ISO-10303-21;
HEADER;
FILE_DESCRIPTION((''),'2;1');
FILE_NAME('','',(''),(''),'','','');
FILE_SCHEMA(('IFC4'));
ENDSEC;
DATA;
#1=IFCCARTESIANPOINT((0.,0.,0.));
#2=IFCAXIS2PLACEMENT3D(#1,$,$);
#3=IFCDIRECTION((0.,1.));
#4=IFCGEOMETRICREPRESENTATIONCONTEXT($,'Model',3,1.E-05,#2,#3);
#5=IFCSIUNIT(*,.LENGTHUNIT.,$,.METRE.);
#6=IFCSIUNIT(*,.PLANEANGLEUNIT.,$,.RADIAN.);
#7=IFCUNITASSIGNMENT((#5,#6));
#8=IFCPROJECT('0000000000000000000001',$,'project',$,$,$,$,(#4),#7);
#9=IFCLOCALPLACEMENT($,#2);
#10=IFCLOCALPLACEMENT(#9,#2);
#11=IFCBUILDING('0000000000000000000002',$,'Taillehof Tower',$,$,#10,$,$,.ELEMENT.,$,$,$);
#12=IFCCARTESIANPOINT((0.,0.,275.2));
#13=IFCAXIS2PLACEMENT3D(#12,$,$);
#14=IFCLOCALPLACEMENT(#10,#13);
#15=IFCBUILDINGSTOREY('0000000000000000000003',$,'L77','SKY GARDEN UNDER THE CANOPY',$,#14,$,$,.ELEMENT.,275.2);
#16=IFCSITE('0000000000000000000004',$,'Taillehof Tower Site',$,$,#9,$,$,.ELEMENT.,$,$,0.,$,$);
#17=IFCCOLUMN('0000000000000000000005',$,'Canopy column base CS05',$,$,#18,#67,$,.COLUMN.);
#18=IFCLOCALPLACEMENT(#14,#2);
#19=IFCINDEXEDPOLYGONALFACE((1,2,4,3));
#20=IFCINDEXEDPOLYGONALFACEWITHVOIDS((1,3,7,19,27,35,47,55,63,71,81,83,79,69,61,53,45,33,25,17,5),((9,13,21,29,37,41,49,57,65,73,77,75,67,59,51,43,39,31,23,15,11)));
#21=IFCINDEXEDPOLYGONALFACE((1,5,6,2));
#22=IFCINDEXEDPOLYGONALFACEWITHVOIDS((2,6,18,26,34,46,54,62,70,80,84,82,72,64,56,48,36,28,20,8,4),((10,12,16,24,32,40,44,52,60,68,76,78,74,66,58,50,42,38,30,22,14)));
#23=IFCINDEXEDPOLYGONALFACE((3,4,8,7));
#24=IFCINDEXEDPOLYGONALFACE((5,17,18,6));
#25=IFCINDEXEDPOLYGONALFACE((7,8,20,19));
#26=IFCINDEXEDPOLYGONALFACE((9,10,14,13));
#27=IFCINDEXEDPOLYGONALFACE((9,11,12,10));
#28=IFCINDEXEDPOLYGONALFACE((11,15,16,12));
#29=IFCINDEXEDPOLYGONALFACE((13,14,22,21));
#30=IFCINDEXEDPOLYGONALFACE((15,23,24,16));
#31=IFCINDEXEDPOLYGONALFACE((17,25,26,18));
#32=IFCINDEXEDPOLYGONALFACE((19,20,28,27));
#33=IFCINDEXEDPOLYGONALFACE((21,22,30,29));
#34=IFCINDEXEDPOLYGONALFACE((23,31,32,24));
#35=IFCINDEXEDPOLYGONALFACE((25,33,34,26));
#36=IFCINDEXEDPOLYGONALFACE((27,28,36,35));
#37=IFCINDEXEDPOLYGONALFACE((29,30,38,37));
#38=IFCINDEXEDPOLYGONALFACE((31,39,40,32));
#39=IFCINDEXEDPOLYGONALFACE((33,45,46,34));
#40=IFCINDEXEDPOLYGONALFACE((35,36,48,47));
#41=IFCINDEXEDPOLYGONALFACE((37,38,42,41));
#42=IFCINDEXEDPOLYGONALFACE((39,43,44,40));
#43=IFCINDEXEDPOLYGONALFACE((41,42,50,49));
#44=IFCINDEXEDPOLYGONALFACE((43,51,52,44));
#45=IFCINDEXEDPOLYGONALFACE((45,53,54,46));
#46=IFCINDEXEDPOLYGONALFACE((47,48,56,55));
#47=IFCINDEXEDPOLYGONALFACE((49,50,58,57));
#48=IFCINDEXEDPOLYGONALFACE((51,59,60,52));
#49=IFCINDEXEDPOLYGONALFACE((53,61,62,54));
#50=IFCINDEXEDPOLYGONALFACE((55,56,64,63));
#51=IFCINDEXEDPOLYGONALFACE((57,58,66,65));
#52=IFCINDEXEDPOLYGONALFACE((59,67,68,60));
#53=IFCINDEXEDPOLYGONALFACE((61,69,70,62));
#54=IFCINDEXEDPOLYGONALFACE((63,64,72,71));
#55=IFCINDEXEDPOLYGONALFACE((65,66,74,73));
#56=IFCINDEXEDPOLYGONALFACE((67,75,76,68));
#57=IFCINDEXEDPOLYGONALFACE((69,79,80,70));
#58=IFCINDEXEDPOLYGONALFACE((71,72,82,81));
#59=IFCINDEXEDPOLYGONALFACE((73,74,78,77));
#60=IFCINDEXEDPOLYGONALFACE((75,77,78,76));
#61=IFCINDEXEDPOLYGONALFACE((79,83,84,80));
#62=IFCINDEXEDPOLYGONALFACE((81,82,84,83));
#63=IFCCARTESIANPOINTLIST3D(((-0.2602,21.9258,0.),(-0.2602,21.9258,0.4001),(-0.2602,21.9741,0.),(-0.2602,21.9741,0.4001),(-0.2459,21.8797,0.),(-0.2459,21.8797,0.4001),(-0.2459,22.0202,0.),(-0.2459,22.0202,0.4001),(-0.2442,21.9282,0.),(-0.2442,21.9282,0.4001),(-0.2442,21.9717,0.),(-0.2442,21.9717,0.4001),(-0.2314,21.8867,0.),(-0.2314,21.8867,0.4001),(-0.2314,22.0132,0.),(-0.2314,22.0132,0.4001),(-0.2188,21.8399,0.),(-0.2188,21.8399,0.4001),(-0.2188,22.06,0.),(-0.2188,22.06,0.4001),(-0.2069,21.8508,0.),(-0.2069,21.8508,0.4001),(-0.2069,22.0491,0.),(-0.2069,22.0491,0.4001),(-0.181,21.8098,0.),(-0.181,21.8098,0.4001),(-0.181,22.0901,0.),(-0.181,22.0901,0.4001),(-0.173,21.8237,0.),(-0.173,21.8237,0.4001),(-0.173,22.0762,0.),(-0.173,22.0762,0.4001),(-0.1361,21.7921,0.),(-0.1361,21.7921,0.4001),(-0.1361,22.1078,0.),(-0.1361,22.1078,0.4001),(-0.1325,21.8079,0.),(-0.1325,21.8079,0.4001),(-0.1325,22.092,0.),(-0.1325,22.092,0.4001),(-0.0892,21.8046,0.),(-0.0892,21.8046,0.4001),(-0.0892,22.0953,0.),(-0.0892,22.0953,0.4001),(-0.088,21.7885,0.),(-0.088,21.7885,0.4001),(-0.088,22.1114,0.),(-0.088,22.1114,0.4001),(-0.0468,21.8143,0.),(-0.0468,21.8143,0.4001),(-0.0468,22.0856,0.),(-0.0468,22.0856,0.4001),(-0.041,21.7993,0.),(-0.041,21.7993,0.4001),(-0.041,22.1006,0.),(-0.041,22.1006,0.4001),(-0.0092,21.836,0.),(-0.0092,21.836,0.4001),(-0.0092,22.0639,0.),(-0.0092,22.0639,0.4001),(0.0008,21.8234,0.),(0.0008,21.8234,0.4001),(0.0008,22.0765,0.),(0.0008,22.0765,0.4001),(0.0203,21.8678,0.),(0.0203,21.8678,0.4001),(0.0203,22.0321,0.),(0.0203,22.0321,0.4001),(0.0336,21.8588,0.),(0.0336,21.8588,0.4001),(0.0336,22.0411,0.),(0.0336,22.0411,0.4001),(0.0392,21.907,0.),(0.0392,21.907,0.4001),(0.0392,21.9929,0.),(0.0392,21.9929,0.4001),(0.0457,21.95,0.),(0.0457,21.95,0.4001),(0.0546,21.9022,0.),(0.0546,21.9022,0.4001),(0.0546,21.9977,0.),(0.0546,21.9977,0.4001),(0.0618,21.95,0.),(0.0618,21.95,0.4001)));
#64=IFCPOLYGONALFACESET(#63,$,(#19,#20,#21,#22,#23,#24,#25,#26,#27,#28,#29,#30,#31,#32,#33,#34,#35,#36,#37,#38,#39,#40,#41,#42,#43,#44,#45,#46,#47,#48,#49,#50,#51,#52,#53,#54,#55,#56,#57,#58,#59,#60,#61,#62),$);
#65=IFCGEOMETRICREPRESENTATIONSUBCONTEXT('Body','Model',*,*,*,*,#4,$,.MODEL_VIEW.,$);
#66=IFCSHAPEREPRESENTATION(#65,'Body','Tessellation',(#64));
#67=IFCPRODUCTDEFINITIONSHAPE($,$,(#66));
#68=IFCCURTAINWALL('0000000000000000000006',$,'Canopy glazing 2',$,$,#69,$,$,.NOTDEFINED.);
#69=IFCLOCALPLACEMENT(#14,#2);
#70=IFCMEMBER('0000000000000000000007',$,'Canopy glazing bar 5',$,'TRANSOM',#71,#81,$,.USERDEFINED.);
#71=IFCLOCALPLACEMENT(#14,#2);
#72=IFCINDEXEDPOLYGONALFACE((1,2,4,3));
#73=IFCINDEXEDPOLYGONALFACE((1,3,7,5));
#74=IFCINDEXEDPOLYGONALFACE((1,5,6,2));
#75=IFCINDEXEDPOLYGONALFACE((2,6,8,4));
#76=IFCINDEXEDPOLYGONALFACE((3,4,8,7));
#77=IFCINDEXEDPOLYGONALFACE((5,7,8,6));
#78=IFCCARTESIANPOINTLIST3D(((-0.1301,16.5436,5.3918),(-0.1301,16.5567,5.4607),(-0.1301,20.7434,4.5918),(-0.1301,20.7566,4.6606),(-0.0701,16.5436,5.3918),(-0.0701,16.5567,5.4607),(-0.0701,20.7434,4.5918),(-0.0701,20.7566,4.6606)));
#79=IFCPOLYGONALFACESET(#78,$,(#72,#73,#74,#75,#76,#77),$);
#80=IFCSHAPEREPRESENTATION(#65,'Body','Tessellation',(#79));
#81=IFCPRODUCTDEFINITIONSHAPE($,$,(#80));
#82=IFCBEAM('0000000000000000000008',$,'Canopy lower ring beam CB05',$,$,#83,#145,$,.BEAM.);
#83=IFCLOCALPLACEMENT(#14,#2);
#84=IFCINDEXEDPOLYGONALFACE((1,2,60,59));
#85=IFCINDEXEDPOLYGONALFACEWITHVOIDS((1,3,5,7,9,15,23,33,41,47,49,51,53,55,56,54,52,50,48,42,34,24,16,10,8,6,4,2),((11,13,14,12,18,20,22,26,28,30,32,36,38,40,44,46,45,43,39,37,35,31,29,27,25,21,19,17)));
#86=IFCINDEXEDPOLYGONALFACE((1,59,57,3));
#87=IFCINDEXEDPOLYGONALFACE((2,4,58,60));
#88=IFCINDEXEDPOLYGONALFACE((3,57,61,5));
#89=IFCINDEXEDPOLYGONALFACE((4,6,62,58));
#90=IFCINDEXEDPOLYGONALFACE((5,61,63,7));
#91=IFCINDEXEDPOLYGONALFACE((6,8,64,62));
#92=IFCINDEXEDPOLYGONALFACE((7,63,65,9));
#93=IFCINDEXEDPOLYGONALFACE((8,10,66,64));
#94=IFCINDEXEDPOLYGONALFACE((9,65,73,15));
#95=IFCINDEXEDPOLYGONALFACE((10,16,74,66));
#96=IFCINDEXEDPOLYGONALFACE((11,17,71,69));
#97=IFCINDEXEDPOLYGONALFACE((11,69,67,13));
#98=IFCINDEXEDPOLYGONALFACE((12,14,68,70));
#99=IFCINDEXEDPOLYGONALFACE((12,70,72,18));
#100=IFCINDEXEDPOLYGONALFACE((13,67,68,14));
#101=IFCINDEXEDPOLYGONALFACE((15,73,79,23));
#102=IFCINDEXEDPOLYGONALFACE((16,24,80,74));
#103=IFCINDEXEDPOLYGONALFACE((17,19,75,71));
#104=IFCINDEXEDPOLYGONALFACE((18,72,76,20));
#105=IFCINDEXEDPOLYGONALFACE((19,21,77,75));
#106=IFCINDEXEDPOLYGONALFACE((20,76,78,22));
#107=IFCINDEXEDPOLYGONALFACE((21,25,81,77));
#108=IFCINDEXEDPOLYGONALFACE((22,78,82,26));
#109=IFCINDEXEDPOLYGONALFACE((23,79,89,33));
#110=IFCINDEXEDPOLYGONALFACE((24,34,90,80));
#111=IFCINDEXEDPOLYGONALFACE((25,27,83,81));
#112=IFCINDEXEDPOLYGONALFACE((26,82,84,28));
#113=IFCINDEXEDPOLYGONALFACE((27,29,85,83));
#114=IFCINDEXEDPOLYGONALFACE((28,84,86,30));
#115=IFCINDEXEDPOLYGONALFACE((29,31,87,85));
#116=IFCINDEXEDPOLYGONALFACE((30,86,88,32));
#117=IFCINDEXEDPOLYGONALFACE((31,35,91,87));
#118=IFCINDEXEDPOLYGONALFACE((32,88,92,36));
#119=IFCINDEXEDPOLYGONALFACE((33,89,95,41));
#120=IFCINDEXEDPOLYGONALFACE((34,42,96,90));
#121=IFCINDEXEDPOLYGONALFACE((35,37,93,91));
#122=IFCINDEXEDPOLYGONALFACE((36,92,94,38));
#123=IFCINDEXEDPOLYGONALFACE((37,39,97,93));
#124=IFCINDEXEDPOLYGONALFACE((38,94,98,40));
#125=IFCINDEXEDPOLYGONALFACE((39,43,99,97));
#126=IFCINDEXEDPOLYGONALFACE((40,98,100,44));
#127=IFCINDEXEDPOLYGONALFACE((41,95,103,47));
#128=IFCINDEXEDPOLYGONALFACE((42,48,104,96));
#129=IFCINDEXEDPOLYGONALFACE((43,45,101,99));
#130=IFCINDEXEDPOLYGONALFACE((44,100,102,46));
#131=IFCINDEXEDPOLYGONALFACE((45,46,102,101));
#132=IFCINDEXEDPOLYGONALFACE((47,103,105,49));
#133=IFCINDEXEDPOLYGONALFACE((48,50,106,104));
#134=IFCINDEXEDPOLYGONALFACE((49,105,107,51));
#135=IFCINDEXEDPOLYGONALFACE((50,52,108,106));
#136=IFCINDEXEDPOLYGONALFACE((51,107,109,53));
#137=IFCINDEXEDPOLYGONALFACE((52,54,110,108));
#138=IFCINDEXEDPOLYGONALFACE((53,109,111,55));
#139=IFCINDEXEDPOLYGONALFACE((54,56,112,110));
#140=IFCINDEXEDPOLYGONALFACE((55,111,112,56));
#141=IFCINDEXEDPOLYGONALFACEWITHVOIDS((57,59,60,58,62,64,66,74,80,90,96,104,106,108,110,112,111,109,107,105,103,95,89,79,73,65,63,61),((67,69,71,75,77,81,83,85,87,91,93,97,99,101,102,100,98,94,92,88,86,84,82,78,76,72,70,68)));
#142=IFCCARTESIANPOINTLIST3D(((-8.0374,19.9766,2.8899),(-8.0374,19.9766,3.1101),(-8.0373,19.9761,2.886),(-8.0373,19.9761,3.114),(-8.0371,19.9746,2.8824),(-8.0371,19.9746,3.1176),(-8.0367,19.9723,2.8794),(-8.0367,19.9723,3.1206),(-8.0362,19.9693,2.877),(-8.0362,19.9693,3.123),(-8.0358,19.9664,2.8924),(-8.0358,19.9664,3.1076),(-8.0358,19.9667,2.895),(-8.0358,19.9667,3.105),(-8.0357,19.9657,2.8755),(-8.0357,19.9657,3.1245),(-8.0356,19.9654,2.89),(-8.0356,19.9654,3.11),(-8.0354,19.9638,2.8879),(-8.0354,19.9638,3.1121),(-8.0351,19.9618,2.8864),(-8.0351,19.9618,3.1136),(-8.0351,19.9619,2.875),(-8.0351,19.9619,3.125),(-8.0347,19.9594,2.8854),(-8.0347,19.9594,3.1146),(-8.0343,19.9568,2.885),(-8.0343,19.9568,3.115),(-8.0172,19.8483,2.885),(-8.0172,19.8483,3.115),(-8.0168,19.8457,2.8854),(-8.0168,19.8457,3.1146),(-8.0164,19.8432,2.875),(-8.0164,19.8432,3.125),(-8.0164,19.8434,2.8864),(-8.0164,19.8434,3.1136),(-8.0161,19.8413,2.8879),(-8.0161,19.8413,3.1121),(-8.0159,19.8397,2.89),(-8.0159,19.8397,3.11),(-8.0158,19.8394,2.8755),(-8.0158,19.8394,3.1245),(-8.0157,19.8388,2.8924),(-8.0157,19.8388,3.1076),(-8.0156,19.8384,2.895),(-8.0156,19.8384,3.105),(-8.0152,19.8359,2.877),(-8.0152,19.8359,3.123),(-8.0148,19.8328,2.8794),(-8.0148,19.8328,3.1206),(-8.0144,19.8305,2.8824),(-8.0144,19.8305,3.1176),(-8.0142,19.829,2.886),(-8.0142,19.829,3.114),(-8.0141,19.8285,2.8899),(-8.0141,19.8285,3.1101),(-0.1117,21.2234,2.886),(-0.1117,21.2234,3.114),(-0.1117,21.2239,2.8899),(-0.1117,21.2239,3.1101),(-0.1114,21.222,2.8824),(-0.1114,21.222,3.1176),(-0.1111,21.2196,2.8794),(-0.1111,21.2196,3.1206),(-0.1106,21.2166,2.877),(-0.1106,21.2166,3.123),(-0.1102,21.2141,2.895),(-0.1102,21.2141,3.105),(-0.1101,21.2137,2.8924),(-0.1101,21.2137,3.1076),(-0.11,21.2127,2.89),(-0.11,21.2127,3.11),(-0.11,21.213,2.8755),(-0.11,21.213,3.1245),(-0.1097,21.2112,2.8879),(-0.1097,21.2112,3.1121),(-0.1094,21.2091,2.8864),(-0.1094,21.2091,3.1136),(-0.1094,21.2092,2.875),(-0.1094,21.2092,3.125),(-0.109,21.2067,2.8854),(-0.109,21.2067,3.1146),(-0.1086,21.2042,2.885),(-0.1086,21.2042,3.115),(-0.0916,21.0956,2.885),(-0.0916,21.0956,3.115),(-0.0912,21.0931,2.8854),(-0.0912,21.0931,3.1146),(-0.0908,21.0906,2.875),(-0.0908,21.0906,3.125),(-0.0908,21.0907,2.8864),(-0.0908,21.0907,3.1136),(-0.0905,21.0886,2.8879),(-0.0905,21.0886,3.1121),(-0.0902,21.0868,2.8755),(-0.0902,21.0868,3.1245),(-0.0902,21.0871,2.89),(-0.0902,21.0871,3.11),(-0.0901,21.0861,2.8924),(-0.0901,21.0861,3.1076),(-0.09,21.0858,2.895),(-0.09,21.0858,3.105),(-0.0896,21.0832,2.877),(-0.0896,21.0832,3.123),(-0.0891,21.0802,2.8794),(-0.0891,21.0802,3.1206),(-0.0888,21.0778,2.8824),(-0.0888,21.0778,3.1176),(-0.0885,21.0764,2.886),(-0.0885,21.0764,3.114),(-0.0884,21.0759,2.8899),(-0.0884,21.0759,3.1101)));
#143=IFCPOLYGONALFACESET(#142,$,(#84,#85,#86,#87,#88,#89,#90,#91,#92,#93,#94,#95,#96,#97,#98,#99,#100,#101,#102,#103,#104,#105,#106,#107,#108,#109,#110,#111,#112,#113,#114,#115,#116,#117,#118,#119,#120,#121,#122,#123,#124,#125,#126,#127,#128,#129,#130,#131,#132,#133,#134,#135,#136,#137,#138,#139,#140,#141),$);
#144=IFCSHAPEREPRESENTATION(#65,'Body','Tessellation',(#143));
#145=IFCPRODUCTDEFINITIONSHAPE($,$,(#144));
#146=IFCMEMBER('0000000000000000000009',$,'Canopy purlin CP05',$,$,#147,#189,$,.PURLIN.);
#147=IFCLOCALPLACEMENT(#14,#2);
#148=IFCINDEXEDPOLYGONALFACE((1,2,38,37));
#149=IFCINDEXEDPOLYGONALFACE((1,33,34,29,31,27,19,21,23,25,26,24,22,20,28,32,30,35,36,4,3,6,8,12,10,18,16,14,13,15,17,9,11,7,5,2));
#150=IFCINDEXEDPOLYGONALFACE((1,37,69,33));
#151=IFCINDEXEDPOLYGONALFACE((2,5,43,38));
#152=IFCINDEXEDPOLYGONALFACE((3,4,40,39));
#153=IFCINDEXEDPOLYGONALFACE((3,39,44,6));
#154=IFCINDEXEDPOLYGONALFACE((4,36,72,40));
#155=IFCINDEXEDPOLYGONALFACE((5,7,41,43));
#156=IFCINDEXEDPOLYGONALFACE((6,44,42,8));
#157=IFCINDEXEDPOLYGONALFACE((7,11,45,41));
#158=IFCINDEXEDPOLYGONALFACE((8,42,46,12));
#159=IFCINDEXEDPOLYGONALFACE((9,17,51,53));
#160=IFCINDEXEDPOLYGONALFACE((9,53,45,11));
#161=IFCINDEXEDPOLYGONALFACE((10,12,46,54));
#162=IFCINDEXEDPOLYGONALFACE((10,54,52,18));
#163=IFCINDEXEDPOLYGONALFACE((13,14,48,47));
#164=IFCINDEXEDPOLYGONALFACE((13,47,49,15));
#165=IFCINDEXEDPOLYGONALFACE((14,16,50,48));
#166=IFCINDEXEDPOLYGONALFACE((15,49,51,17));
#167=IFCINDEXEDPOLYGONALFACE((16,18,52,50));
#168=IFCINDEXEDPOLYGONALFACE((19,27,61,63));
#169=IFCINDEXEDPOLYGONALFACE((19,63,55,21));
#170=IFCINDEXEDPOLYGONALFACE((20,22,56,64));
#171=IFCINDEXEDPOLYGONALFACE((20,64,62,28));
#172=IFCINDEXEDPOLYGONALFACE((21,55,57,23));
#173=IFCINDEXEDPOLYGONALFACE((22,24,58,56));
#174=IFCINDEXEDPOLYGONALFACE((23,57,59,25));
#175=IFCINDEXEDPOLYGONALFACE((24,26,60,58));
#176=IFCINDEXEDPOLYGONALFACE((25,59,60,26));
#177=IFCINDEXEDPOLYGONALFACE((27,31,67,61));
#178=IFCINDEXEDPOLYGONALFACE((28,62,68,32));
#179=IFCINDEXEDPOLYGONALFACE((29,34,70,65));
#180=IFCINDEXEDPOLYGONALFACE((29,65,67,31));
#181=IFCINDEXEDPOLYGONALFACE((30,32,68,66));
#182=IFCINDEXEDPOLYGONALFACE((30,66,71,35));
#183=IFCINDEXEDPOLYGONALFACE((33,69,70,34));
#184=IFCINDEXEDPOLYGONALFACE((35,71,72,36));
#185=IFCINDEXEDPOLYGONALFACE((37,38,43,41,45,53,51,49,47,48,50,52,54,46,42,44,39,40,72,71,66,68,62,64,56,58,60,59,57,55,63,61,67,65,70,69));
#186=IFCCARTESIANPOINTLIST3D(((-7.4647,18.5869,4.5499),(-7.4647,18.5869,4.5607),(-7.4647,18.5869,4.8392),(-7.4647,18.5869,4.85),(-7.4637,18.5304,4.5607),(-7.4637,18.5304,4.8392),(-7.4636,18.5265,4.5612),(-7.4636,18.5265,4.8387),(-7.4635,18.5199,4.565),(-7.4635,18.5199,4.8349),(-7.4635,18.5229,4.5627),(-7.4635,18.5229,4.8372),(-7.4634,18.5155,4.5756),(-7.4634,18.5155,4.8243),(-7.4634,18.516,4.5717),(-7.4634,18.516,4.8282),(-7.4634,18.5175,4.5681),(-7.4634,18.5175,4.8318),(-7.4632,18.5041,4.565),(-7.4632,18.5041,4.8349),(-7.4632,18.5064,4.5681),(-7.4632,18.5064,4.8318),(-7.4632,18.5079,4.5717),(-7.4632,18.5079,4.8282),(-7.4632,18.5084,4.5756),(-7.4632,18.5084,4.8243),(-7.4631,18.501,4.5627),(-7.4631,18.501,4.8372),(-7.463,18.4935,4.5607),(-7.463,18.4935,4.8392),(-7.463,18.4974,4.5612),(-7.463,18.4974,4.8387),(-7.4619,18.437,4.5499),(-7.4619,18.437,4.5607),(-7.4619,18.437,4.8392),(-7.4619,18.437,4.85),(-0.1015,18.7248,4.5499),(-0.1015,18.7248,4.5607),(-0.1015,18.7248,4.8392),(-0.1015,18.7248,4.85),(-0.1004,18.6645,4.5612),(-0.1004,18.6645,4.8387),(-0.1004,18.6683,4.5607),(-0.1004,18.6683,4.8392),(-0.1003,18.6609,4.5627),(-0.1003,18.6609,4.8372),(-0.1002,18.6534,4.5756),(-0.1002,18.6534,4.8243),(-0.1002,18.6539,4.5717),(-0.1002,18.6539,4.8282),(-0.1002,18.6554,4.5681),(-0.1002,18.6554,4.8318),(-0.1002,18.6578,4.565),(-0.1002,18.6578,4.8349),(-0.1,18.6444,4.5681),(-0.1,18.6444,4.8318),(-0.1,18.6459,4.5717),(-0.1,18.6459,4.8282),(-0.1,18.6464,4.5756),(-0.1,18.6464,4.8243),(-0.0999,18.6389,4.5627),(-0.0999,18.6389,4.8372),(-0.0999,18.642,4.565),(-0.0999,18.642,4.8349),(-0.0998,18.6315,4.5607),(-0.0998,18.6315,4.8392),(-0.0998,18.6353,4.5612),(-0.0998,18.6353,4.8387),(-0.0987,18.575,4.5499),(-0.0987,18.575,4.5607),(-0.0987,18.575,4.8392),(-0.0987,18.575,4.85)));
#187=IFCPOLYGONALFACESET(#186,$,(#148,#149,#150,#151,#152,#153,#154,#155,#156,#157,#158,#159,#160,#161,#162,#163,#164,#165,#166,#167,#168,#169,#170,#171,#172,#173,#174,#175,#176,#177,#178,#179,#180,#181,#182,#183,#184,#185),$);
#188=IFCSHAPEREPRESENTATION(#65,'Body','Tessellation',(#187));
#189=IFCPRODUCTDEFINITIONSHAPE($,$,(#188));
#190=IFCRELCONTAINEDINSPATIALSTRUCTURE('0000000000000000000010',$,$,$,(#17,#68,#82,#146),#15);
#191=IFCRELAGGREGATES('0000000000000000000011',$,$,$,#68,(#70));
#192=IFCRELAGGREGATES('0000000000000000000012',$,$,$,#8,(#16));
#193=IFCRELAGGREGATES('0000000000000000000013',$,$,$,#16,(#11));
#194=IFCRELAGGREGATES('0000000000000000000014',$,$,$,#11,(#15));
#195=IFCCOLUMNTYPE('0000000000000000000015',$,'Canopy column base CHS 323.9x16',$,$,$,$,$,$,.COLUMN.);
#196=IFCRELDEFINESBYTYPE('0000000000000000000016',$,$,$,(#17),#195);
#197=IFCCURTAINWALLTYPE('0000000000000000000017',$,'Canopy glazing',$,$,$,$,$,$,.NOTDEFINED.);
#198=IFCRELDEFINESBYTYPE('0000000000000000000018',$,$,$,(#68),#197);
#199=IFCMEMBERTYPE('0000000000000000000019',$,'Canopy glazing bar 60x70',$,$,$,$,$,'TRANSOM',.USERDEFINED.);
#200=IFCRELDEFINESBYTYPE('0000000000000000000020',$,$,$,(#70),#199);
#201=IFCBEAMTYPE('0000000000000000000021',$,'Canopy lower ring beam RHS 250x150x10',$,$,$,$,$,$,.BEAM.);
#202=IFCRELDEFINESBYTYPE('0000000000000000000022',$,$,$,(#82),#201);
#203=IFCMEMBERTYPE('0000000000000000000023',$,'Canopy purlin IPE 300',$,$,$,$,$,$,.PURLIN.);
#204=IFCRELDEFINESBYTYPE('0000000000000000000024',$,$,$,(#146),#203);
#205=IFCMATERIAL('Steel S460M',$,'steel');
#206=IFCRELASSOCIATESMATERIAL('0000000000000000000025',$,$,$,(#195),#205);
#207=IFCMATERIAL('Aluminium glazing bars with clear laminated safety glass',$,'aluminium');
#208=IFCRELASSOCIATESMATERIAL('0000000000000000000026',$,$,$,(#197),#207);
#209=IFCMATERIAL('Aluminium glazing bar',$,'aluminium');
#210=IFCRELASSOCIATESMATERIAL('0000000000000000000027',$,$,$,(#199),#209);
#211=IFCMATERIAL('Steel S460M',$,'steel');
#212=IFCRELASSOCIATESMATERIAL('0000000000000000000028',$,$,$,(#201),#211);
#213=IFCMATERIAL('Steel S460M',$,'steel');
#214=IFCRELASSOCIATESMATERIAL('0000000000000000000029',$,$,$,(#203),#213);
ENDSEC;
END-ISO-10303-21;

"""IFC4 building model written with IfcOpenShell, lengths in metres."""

from ifc_helpers import new_model, si_unit, direction, frame, origin, origin_2d, place, context, subcontext, project, spatial, rectangle, hollow_rectangle, hollow_circle, i_section, extrude, material, material_profile, profile_set, type_object, element, aggregate, save


model = new_model("IFC4")

# Units and contexts
model_context = context("Model", 3, precision=1e-05, world=origin(), true_north=direction((0.0, 1.0)))
body_context = subcontext(model_context, "Body", "Model", "MODEL_VIEW")
ifc_project = project(units=[si_unit("LENGTHUNIT", "METRE"), si_unit("PLANEANGLEUNIT", "RADIAN")], contexts=[model_context])

# Site, building, storey
site_placement = place(None, origin())
site = spatial("IfcSite", under=ifc_project, at=site_placement, Name="Taillehof Tower Site", CompositionType="ELEMENT", RefElevation=0.0)
building_placement = place(site_placement, origin())
building = spatial("IfcBuilding", under=site, at=building_placement, Name="Taillehof Tower", CompositionType="ELEMENT")
storey_placement = place(building_placement, frame((0.0, 0.0, 275.2)))
storey = spatial("IfcBuildingStorey", under=building, at=storey_placement, Name="L77", Description="SKY GARDEN UNDER THE CANOPY", CompositionType="ELEMENT", Elevation=275.2)

# Column
ifc_material_1 = material(Name="Steel S460M", Category="steel")
ifc_material_profile_1 = material_profile(ifc_material_1, hollow_circle(Radius=0.1619, WallThickness=0.0161, at=origin_2d()), Name="CHS 323.9x16")
ifc_profile_set_1 = profile_set([ifc_material_profile_1], Name="Steel S460M")
column_type = type_object("IfcColumnType", Name="Canopy column base CHS 323.9x16", PredefinedType="COLUMN", material=ifc_profile_set_1)
column_placement = place(storey_placement, frame((-0.1001, 21.95, 0.0), z_axis=(0.0, 0.0, 1.0), x_axis=(1.0, 0.0, 0.0)))
element("IfcColumn", 1, at=column_placement, inside=storey, type_object=column_type, Name="Canopy column base CS05", PredefinedType="COLUMN", context=body_context, shape_type="SweptSolid", body=[
    extrude(hollow_circle(Radius=0.1619, WallThickness=0.0161, at=origin_2d()), origin(), (0.0, 0.0, 1.0), 0.4001),
])

# Curtain wall, member
ifc_material_2 = material(Name="Aluminium glazing bars with clear laminated safety glass", Category="aluminium")
curtain_wall_type = type_object("IfcCurtainWallType", Name="Canopy glazing", PredefinedType="NOTDEFINED", material=ifc_material_2)
curtain_wall_placement = place(storey_placement, origin())
curtain_wall = element("IfcCurtainWall", 2, at=curtain_wall_placement, inside=storey, type_object=curtain_wall_type, Name="Canopy glazing 2", PredefinedType="NOTDEFINED")
ifc_material_3 = material(Name="Aluminium glazing bar", Category="aluminium")
ifc_material_profile_2 = material_profile(ifc_material_3, rectangle(XDim=0.0601, YDim=0.0701, at=origin_2d()), Name="AL 60x70")
ifc_profile_set_2 = profile_set([ifc_material_profile_2], Name="Aluminium glazing bar")
member_type_1 = type_object("IfcMemberType", Name="Canopy glazing bar 60x70", ElementType="TRANSOM", PredefinedType="USERDEFINED", material=ifc_profile_set_2)
member_1_placement = place(storey_placement, frame((-0.1001, 20.75, 4.6262), z_axis=(0.0, -0.982336, 0.187125), x_axis=(1.0, 0.0, 0.0)))
member_1 = element("IfcMember", 3, at=member_1_placement, type_object=member_type_1, Name="Canopy glazing bar 5", ObjectType="TRANSOM", PredefinedType="USERDEFINED", context=body_context, shape_type="SweptSolid", body=[
    extrude(rectangle(XDim=0.0601, YDim=0.0701, at=origin_2d()), origin(), (0.0, 0.0, 1.0), 4.2754),
])
aggregate(curtain_wall, [member_1])

# Beam
ifc_material_4 = material(Name="Steel S460M", Category="steel")
ifc_material_profile_3 = material_profile(ifc_material_4, hollow_rectangle(XDim=0.1499, YDim=0.25, WallThickness=0.01, InnerFilletRadius=0.01, OuterFilletRadius=0.0149, at=origin_2d()), Name="RHS 250x150x10")
ifc_profile_set_3 = profile_set([ifc_material_profile_3], Name="Steel S460M")
beam_type_1 = type_object("IfcBeamType", Name="Canopy lower ring beam RHS 250x150x10", PredefinedType="BEAM", material=ifc_profile_set_3)
beam_1_placement = place(storey_placement, frame((-0.1001, 21.1499, 3.0), z_axis=(-0.987841, -0.155466, 0.0), x_axis=(0.155466, -0.987841, 0.0)))
element("IfcBeam", 4, at=beam_1_placement, inside=storey, type_object=beam_type_1, Name="Canopy lower ring beam CB05", PredefinedType="BEAM", context=body_context, shape_type="SweptSolid", body=[
    extrude(hollow_rectangle(XDim=0.1499, YDim=0.25, WallThickness=0.01, InnerFilletRadius=0.01, OuterFilletRadius=0.0149, at=origin_2d()), origin(), (0.0, 0.0, 1.0), 8.0232),
])

# Member
ifc_material_5 = material(Name="Steel S460M", Category="steel")
ifc_material_profile_4 = material_profile(ifc_material_5, i_section(OverallWidth=0.1499, OverallDepth=0.3, WebThickness=0.0071, FlangeThickness=0.0107, FilletRadius=0.0149, at=origin_2d()), Name="IPE 300")
ifc_profile_set_4 = profile_set([ifc_material_profile_4], Name="Steel S460M")
member_type_2 = type_object("IfcMemberType", Name="Canopy purlin IPE 300", PredefinedType="PURLIN", material=ifc_profile_set_4)
member_2_placement = place(storey_placement, frame((-0.1001, 18.6499, 4.7), z_axis=(-0.999825, -0.01873, 0.0), x_axis=(0.01873, -0.999825, 0.0)))
element("IfcMember", 5, at=member_2_placement, inside=storey, type_object=member_type_2, Name="Canopy purlin CP05", PredefinedType="PURLIN", context=body_context, shape_type="SweptSolid", body=[
    extrude(i_section(OverallWidth=0.1499, OverallDepth=0.3, WebThickness=0.0071, FlangeThickness=0.0107, FilletRadius=0.0149, at=origin_2d()), origin(), (0.0, 0.0, 1.0), 7.3645),
])

save(model, "model.ifc")
